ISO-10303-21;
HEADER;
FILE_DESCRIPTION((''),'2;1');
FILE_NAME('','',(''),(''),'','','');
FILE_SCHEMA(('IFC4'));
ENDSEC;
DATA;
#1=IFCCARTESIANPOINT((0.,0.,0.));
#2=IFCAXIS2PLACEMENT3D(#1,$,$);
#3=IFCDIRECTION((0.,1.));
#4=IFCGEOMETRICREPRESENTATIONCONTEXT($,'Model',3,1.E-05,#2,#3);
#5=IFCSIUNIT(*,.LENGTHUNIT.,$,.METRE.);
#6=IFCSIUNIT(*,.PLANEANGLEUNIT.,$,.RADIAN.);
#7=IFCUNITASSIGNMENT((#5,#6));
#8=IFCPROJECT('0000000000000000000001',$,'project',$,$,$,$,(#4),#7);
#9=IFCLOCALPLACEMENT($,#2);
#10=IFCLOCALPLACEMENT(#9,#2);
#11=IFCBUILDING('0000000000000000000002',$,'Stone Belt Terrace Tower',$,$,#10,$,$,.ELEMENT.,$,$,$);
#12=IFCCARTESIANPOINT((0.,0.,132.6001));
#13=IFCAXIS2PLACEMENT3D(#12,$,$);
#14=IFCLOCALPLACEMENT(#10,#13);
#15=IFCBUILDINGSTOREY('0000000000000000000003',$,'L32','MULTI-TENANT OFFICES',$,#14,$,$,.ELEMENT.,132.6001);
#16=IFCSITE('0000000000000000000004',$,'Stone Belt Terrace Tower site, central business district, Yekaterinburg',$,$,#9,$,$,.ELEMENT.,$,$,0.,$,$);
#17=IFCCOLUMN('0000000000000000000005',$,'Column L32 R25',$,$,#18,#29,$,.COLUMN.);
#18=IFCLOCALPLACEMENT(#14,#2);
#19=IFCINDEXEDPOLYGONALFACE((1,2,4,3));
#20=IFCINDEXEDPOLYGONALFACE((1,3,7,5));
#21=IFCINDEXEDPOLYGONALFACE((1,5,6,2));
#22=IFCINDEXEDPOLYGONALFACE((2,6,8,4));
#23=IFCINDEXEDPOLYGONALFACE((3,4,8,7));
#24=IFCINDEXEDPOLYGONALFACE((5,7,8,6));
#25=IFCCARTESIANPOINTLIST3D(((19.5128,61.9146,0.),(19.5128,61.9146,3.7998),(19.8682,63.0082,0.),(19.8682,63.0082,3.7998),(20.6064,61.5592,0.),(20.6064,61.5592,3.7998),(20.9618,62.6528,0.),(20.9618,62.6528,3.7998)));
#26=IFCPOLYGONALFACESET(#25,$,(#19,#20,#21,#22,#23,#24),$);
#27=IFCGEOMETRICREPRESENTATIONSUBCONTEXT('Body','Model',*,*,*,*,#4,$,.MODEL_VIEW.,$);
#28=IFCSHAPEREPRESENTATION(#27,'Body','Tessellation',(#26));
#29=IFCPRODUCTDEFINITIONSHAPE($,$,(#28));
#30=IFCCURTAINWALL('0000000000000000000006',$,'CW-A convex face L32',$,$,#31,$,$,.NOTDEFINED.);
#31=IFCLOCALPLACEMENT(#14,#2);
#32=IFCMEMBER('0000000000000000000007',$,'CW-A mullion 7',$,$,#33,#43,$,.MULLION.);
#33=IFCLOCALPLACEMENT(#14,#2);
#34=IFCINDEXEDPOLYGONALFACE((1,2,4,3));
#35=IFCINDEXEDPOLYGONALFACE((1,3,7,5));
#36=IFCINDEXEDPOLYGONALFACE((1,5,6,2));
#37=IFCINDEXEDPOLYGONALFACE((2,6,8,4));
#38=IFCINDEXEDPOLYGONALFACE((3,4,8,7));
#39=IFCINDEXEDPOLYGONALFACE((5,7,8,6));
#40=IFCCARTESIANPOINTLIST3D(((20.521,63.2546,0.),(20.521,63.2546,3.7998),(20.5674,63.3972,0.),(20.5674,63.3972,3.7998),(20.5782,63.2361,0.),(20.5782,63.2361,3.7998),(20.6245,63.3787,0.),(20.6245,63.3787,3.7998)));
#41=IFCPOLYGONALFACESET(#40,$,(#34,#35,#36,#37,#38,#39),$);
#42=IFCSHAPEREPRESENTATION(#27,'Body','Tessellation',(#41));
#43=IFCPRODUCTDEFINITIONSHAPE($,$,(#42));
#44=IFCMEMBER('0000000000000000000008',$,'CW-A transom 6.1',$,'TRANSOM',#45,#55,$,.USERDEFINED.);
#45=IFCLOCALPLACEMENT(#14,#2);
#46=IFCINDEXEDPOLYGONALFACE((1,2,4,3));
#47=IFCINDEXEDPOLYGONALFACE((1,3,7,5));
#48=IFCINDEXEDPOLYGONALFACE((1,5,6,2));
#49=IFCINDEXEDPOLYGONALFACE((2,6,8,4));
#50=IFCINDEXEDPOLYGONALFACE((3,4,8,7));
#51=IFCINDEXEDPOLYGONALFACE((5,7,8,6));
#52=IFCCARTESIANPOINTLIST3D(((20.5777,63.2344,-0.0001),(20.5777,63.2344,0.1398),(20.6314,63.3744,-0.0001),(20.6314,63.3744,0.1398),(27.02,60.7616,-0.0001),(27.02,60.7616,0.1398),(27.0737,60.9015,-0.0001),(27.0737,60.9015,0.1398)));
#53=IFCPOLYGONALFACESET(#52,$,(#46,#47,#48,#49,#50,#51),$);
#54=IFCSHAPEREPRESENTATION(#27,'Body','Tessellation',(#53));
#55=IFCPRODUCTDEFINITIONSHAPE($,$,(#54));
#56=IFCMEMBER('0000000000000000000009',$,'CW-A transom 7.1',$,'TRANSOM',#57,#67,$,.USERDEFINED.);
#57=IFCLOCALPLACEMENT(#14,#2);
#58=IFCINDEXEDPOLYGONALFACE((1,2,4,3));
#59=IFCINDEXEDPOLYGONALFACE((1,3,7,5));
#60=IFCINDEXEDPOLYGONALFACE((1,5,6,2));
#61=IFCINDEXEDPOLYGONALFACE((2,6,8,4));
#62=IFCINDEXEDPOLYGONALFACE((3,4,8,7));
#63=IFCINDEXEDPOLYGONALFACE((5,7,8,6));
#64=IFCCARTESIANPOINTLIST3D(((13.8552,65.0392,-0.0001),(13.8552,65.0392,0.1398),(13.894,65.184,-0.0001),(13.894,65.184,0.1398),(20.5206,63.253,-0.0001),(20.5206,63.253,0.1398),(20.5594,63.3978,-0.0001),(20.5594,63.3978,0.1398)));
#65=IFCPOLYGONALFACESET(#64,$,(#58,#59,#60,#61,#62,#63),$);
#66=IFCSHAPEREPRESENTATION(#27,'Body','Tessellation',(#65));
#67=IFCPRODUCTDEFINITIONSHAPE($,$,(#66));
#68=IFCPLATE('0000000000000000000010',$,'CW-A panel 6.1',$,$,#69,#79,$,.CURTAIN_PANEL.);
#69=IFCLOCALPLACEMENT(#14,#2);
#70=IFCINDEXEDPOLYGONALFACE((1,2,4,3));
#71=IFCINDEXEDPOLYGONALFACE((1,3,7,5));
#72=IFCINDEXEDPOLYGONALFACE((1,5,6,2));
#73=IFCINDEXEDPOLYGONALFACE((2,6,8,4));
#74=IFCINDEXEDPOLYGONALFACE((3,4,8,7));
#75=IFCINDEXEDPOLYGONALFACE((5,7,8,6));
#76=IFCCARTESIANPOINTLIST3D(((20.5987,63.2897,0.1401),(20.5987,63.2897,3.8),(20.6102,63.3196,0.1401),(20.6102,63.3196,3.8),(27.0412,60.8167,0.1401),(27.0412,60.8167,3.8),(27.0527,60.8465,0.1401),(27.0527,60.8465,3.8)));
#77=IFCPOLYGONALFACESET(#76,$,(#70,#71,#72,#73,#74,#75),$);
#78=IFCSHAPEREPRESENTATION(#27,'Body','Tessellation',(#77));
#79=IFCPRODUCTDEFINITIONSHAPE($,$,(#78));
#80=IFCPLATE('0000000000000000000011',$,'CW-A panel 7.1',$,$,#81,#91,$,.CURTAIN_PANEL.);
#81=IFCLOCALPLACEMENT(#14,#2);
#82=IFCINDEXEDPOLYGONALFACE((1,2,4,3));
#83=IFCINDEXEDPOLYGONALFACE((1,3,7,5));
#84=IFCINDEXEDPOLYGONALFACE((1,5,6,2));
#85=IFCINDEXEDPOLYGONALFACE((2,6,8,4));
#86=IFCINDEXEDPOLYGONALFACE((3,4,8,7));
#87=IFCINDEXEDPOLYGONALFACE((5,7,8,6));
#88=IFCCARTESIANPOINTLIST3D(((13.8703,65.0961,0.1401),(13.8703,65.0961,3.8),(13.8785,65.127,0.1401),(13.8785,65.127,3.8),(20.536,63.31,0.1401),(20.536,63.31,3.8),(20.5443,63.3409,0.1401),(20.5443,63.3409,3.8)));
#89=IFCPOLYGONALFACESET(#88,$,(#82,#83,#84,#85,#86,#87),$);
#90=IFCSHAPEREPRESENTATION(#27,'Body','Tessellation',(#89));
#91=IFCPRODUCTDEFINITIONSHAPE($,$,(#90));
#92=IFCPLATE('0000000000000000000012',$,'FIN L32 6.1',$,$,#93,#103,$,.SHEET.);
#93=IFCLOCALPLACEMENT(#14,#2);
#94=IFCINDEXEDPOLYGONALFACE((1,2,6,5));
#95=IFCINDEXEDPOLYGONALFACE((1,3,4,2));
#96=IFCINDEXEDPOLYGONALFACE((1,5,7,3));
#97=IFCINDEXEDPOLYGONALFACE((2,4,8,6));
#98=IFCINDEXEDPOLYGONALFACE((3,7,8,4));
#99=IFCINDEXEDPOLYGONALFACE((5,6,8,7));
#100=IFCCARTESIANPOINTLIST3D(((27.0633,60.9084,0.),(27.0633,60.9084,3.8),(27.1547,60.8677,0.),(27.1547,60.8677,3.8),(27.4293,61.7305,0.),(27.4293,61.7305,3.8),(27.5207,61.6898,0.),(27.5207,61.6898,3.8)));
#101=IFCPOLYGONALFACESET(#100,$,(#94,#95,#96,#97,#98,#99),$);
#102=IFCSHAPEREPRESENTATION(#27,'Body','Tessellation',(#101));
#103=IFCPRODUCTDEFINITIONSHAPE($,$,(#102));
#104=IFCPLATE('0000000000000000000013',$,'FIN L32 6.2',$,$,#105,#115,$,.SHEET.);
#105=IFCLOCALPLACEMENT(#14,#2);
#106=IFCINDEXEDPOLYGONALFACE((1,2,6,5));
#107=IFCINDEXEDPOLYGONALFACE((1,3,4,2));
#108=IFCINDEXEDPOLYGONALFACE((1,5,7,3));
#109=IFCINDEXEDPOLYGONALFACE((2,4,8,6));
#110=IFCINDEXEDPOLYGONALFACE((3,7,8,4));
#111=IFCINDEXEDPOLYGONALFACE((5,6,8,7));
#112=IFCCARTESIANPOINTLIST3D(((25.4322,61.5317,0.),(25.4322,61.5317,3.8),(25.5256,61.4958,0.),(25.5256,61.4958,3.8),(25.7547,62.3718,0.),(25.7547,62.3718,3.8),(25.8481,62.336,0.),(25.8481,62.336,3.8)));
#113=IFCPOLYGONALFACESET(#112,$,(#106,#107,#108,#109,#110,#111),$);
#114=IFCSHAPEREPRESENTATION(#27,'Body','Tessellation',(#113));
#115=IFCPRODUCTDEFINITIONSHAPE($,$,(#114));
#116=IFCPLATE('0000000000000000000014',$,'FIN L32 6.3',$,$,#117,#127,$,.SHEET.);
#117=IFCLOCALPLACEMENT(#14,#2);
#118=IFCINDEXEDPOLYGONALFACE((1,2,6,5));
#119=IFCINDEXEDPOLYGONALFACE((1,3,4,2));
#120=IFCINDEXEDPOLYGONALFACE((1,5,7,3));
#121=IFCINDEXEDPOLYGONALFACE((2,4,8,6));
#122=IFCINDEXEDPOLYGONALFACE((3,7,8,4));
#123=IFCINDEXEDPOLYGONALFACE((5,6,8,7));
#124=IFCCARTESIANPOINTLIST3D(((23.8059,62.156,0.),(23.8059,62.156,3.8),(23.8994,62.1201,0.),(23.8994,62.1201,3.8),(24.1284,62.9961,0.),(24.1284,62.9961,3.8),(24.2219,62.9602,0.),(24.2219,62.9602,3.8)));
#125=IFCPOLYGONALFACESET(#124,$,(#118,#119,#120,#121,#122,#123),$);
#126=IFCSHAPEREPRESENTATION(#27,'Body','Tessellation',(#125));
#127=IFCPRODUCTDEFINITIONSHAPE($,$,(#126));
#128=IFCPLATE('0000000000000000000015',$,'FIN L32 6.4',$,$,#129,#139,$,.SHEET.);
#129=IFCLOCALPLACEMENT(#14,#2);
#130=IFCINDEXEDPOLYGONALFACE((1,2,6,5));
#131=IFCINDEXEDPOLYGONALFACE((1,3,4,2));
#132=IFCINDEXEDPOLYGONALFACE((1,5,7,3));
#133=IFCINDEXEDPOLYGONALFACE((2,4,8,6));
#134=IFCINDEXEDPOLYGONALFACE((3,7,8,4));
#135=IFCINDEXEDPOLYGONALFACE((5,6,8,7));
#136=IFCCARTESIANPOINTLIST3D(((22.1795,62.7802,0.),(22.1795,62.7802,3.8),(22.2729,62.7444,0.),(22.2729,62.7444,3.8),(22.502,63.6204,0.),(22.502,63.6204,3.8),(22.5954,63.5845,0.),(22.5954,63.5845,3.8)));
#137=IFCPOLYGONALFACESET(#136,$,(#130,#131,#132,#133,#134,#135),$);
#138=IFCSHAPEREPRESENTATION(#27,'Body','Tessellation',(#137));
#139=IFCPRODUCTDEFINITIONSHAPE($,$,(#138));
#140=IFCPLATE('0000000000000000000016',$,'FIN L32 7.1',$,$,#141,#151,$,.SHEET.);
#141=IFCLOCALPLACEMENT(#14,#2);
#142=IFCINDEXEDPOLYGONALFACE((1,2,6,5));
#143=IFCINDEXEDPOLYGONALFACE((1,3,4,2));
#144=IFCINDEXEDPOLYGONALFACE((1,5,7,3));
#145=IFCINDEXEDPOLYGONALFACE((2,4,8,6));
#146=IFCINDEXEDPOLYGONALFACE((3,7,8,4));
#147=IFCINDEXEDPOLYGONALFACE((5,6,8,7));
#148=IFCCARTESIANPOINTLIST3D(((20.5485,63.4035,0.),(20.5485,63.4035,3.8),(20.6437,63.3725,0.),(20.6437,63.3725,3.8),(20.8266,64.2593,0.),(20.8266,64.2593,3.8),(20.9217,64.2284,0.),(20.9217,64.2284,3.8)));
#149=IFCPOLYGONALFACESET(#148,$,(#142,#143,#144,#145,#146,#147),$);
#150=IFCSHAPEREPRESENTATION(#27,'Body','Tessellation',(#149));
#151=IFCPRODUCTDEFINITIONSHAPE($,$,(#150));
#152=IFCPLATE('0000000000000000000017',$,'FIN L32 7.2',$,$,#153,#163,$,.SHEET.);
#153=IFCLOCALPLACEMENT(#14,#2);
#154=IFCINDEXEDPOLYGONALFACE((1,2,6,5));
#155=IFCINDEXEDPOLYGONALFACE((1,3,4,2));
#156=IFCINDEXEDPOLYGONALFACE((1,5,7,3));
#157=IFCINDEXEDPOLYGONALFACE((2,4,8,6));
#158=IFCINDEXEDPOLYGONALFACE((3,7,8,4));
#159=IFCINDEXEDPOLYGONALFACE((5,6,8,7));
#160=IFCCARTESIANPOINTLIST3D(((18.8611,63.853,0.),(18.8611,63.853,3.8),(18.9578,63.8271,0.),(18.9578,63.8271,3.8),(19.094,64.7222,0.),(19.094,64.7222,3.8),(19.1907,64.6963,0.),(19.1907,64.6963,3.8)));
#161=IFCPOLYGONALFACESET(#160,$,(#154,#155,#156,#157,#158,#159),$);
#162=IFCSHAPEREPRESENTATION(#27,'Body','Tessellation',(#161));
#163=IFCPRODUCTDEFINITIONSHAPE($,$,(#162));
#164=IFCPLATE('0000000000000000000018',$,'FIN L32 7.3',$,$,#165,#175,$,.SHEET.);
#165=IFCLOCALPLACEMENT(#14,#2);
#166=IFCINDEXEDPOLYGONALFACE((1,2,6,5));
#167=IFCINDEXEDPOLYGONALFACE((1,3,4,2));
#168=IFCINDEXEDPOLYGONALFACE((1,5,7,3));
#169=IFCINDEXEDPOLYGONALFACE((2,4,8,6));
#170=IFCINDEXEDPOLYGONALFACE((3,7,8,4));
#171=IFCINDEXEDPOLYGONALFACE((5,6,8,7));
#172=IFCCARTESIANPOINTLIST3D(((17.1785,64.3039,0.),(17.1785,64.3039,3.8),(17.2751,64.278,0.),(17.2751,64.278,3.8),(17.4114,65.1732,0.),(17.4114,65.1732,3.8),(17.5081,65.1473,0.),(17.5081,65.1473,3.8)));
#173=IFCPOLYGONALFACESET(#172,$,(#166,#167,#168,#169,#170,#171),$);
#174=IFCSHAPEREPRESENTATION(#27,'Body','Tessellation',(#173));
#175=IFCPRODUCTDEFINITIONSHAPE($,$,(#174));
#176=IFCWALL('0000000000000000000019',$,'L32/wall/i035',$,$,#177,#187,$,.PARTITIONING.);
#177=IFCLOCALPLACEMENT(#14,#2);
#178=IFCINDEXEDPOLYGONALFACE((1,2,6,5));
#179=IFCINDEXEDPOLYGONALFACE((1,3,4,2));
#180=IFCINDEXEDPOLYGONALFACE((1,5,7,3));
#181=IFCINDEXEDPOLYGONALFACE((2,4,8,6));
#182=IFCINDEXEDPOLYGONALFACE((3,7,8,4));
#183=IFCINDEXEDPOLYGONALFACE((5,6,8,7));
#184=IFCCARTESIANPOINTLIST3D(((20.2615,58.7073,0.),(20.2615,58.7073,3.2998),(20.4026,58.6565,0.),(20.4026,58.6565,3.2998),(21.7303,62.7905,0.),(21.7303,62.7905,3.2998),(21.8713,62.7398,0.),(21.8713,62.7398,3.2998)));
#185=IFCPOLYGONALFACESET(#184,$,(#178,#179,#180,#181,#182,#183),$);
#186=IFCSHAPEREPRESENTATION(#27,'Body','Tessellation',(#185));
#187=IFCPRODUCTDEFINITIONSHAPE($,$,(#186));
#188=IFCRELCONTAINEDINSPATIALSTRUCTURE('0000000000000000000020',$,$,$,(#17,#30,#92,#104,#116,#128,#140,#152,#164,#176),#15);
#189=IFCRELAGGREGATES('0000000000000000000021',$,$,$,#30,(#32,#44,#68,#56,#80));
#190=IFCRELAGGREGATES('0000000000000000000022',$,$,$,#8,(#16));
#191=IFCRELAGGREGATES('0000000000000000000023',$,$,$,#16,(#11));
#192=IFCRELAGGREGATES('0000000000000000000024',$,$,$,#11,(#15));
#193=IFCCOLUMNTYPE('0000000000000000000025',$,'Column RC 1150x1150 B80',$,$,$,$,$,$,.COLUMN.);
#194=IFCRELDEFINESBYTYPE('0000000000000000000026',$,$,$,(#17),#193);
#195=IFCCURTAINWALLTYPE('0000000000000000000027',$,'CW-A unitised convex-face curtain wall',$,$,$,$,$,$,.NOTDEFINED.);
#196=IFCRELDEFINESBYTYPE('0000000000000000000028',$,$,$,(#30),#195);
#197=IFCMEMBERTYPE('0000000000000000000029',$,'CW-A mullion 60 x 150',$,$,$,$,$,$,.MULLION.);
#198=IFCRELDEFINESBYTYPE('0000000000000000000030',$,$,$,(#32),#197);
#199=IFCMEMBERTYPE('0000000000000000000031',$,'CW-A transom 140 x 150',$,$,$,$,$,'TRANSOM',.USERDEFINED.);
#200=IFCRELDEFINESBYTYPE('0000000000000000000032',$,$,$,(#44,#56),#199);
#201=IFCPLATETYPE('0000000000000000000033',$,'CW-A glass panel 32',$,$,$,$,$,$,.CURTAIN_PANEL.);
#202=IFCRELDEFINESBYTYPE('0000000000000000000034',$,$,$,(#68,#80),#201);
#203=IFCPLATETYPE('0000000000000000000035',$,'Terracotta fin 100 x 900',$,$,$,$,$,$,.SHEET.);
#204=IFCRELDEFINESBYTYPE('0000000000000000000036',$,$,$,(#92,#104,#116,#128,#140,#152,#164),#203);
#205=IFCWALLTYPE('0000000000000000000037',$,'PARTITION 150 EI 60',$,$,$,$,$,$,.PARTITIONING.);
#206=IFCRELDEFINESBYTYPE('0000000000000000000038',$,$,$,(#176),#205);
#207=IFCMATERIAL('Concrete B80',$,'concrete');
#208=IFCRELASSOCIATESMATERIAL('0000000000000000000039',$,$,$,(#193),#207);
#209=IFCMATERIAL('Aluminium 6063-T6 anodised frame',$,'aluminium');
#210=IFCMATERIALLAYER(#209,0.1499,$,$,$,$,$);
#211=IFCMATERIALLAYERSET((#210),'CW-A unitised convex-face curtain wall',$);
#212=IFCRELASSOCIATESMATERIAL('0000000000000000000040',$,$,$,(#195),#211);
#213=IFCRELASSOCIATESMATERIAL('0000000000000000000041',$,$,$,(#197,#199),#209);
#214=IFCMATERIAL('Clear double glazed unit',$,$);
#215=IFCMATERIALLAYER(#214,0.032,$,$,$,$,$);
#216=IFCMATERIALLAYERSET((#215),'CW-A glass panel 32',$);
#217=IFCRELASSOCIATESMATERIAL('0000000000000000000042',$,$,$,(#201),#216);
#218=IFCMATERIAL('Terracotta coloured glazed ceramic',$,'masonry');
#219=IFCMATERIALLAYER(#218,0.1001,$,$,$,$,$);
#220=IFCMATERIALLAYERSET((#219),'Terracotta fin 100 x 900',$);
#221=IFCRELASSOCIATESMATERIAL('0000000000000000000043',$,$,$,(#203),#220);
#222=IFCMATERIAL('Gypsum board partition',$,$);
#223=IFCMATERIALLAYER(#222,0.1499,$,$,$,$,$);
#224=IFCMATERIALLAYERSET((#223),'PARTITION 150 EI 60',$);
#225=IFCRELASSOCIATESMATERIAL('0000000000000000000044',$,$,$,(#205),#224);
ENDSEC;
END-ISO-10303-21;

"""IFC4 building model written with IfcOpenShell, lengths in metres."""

from ifc_helpers import new_model, si_unit, direction, frame, frame_2d, origin, origin_2d, place, context, subcontext, project, spatial, rectangle, extrude, material, layer, layer_set, material_profile, profile_set, type_object, element, aggregate, save


model = new_model("IFC4")

# Units and contexts
model_context = context("Model", 3, precision=1e-05, world=origin(), true_north=direction((0.0, 1.0)))
body_context = subcontext(model_context, "Body", "Model", "MODEL_VIEW")
ifc_project = project(units=[si_unit("LENGTHUNIT", "METRE"), si_unit("PLANEANGLEUNIT", "RADIAN")], contexts=[model_context])

# Site, building, storey
site_placement = place(None, origin())
site = spatial("IfcSite", under=ifc_project, at=site_placement, Name="Stone Belt Terrace Tower site, central business district, Yekaterinburg", CompositionType="ELEMENT", RefElevation=0.0)
building_placement = place(site_placement, origin())
building = spatial("IfcBuilding", under=site, at=building_placement, Name="Stone Belt Terrace Tower", CompositionType="ELEMENT")
storey_placement = place(building_placement, frame((0.0, 0.0, 132.6001)))
storey = spatial("IfcBuildingStorey", under=building, at=storey_placement, Name="L32", Description="MULTI-TENANT OFFICES", CompositionType="ELEMENT", Elevation=132.6001)

# Column
ifc_material_1 = material(Name="Concrete B80", Category="concrete")
ifc_material_profile_1 = material_profile(ifc_material_1, rectangle(XDim=1.1499, YDim=1.1499, at=origin_2d()), Name="RC 1150x1150")
ifc_profile_set_1 = profile_set([ifc_material_profile_1], Name="Concrete B80")
column_type = type_object("IfcColumnType", Name="Column RC 1150x1150 B80", PredefinedType="COLUMN", material=ifc_profile_set_1)
column_placement = place(storey_placement, frame((20.2373, 62.2837, 0.0), z_axis=(0.0, 0.0, 1.0), x_axis=(0.951057, -0.309017, 0.0)))
element("IfcColumn", 1, at=column_placement, inside=storey, type_object=column_type, Name="Column L32 R25", PredefinedType="COLUMN", context=body_context, shape_type="SweptSolid", body=[
    extrude(rectangle(XDim=1.1499, YDim=1.1499, at=origin_2d()), origin(), (0.0, 0.0, 1.0), 3.7998),
])

# Curtain wall, members, plates
ifc_material_2 = material(Name="Aluminium 6063-T6 anodised frame", Category="aluminium")
ifc_layer_1 = layer(ifc_material_2, 0.1499)
ifc_layer_set_1 = layer_set([ifc_layer_1], Name="CW-A unitised convex-face curtain wall")
curtain_wall_type = type_object("IfcCurtainWallType", Name="CW-A unitised convex-face curtain wall", PredefinedType="NOTDEFINED", material=ifc_layer_set_1)
curtain_wall_placement = place(storey_placement, origin())
curtain_wall = element("IfcCurtainWall", 2, at=curtain_wall_placement, inside=storey, type_object=curtain_wall_type, Name="CW-A convex face L32", PredefinedType="NOTDEFINED")
ifc_material_profile_2 = material_profile(ifc_material_2, rectangle(XDim=0.1499, YDim=0.0601, at=origin_2d()), Name="Aluminium 6063-T6 60x150")
ifc_profile_set_2 = profile_set([ifc_material_profile_2], Name="Aluminium 6063-T6 anodised frame")
member_type_1 = type_object("IfcMemberType", Name="CW-A mullion 60 x 150", PredefinedType="MULLION", material=ifc_profile_set_2)
member_1_placement = place(storey_placement, frame((20.5728, 63.3167, 0.0), z_axis=(0.0, 0.0, 1.0), x_axis=(-0.309017, -0.951057, 0.0)))
member_1 = element("IfcMember", 3, at=member_1_placement, type_object=member_type_1, Name="CW-A mullion 7", PredefinedType="MULLION", context=body_context, shape_type="SweptSolid", body=[
    extrude(rectangle(XDim=0.1499, YDim=0.0601, at=origin_2d()), origin(), (0.0, 0.0, 1.0), 3.7998),
])
ifc_material_profile_3 = material_profile(ifc_material_2, rectangle(XDim=0.1499, YDim=0.1399, at=origin_2d()), Name="Aluminium 6063-T6 150x140")
ifc_profile_set_3 = profile_set([ifc_material_profile_3], Name="Aluminium 6063-T6 anodised frame")
member_type_2 = type_object("IfcMemberType", Name="CW-A transom 140 x 150", ElementType="TRANSOM", PredefinedType="USERDEFINED", material=ifc_profile_set_3)
member_2_placement = place(storey_placement, frame((27.0469, 60.8315, 0.0698), z_axis=(-0.933585, 0.358355, 0.0), x_axis=(-0.358355, -0.933585, 0.0)))
member_2 = element("IfcMember", 4, at=member_2_placement, type_object=member_type_2, Name="CW-A transom 6.1", ObjectType="TRANSOM", PredefinedType="USERDEFINED", context=body_context, shape_type="SweptSolid", body=[
    extrude(rectangle(XDim=0.1499, YDim=0.1399, at=origin_2d()), origin(), (0.0, 0.0, 1.0), 6.9006),
])
member_3_placement = place(storey_placement, frame((20.54, 63.3254, 0.0698), z_axis=(-0.965922, 0.258834, 0.0), x_axis=(-0.258834, -0.965922, 0.0)))
member_3 = element("IfcMember", 5, at=member_3_placement, type_object=member_type_2, Name="CW-A transom 7.1", ObjectType="TRANSOM", PredefinedType="USERDEFINED", context=body_context, shape_type="SweptSolid", body=[
    extrude(rectangle(XDim=0.1499, YDim=0.1399, at=origin_2d()), origin(), (0.0, 0.0, 1.0), 6.9006),
])
ifc_material_3 = material(Name="Clear double glazed unit")
ifc_layer_2 = layer(ifc_material_3, 0.032)
ifc_layer_set_2 = layer_set([ifc_layer_2], Name="CW-A glass panel 32")
plate_type_1 = type_object("IfcPlateType", Name="CW-A glass panel 32", PredefinedType="CURTAIN_PANEL", material=ifc_layer_set_2)
plate_1_placement = place(storey_placement, frame((23.8257, 62.0681, 0.1401), z_axis=(0.0, 0.0, 1.0), x_axis=(-0.93358, 0.358368, 0.0)))
plate_1 = element("IfcPlate", 6, at=plate_1_placement, type_object=plate_type_1, Name="CW-A panel 6.1", PredefinedType="CURTAIN_PANEL", context=body_context, shape_type="SweptSolid", body=[
    extrude(rectangle(XDim=6.9009, YDim=0.032, at=origin_2d()), origin(), (0.0, 0.0, 1.0), 3.6599),
])
plate_2_placement = place(storey_placement, frame((17.2073, 64.2185, 0.1401), z_axis=(0.0, 0.0, 1.0), x_axis=(-0.965926, 0.258819, 0.0)))
plate_2 = element("IfcPlate", 7, at=plate_2_placement, type_object=plate_type_1, Name="CW-A panel 7.1", PredefinedType="CURTAIN_PANEL", context=body_context, shape_type="SweptSolid", body=[
    extrude(rectangle(XDim=6.9009, YDim=0.032, at=origin_2d()), origin(), (0.0, 0.0, 1.0), 3.6599),
])
aggregate(curtain_wall, [member_1, member_2, plate_1, member_3, plate_2])

# Plates
ifc_material_4 = material(Name="Terracotta coloured glazed ceramic", Category="masonry")
ifc_layer_3 = layer(ifc_material_4, 0.1001)
ifc_layer_set_3 = layer_set([ifc_layer_3], Name="Terracotta fin 100 x 900")
plate_type_2 = type_object("IfcPlateType", Name="Terracotta fin 100 x 900", PredefinedType="SHEET", material=ifc_layer_set_3)
for number, where, z_axis, x_axis, name in (
    (8, (27.292, 61.2991, 0.0), (0.0, 0.0, 1.0), (0.406737, 0.913545, 0.0), "FIN L32 6.1"),
    (9, (25.6401, 61.9338, 0.0), (0.0, 0.0, 1.0), (0.358368, 0.93358, 0.0), "FIN L32 6.2"),
    (10, (24.0139, 62.5581, 0.0), (0.0, 0.0, 1.0), (0.358368, 0.93358, 0.0), "FIN L32 6.3"),
    (11, (22.3875, 63.1824, 0.0), (0.0, 0.0, 1.0), (0.358368, 0.93358, 0.0), "FIN L32 6.4"),
    (12, (20.7351, 63.8159, 0.0), (0.0, 0.0, 1.0), (0.309017, 0.951057, 0.0), "FIN L32 7.1"),
    (13, (19.0259, 64.2747, 0.0), (0.0, 0.0, 1.0), (0.258819, 0.965926, 0.0), "FIN L32 7.2"),
    (14, (17.3433, 64.7256, 0.0), (0.0, 0.0, 1.0), (0.258819, 0.965926, 0.0), "FIN L32 7.3"),
):
    element("IfcPlate", number, at=place(storey_placement, frame(where, z_axis=z_axis, x_axis=x_axis)), inside=storey, type_object=plate_type_2, Name=name, PredefinedType="SHEET", context=body_context, shape_type="SweptSolid", body=[
        extrude(rectangle(XDim=0.8999, YDim=0.1001, at=origin_2d()), origin(), (0.0, 0.0, 1.0), 3.8),
    ])

# Wall
ifc_material_5 = material(Name="Gypsum board partition")
ifc_layer_4 = layer(ifc_material_5, 0.1499)
ifc_layer_set_4 = layer_set([ifc_layer_4], Name="PARTITION 150 EI 60")
wall_type = type_object("IfcWallType", Name="PARTITION 150 EI 60", PredefinedType="PARTITIONING", material=ifc_layer_set_4)
wall_placement = place(storey_placement, frame((21.8008, 62.7651, 0.0), z_axis=(0.0, 0.0, 1.0), x_axis=(-0.33847, -0.940977, 0.0)))
element("IfcWall", 15, at=wall_placement, inside=storey, type_object=wall_type, Name="L32/wall/i035", PredefinedType="PARTITIONING", context=body_context, shape_type="SweptSolid", body=[
    extrude(rectangle(XDim=4.3394, YDim=0.1499, at=frame_2d((2.1697, 0.0))), origin(), (0.0, 0.0, 1.0), 3.2998),
])

save(model, "model.ifc")
